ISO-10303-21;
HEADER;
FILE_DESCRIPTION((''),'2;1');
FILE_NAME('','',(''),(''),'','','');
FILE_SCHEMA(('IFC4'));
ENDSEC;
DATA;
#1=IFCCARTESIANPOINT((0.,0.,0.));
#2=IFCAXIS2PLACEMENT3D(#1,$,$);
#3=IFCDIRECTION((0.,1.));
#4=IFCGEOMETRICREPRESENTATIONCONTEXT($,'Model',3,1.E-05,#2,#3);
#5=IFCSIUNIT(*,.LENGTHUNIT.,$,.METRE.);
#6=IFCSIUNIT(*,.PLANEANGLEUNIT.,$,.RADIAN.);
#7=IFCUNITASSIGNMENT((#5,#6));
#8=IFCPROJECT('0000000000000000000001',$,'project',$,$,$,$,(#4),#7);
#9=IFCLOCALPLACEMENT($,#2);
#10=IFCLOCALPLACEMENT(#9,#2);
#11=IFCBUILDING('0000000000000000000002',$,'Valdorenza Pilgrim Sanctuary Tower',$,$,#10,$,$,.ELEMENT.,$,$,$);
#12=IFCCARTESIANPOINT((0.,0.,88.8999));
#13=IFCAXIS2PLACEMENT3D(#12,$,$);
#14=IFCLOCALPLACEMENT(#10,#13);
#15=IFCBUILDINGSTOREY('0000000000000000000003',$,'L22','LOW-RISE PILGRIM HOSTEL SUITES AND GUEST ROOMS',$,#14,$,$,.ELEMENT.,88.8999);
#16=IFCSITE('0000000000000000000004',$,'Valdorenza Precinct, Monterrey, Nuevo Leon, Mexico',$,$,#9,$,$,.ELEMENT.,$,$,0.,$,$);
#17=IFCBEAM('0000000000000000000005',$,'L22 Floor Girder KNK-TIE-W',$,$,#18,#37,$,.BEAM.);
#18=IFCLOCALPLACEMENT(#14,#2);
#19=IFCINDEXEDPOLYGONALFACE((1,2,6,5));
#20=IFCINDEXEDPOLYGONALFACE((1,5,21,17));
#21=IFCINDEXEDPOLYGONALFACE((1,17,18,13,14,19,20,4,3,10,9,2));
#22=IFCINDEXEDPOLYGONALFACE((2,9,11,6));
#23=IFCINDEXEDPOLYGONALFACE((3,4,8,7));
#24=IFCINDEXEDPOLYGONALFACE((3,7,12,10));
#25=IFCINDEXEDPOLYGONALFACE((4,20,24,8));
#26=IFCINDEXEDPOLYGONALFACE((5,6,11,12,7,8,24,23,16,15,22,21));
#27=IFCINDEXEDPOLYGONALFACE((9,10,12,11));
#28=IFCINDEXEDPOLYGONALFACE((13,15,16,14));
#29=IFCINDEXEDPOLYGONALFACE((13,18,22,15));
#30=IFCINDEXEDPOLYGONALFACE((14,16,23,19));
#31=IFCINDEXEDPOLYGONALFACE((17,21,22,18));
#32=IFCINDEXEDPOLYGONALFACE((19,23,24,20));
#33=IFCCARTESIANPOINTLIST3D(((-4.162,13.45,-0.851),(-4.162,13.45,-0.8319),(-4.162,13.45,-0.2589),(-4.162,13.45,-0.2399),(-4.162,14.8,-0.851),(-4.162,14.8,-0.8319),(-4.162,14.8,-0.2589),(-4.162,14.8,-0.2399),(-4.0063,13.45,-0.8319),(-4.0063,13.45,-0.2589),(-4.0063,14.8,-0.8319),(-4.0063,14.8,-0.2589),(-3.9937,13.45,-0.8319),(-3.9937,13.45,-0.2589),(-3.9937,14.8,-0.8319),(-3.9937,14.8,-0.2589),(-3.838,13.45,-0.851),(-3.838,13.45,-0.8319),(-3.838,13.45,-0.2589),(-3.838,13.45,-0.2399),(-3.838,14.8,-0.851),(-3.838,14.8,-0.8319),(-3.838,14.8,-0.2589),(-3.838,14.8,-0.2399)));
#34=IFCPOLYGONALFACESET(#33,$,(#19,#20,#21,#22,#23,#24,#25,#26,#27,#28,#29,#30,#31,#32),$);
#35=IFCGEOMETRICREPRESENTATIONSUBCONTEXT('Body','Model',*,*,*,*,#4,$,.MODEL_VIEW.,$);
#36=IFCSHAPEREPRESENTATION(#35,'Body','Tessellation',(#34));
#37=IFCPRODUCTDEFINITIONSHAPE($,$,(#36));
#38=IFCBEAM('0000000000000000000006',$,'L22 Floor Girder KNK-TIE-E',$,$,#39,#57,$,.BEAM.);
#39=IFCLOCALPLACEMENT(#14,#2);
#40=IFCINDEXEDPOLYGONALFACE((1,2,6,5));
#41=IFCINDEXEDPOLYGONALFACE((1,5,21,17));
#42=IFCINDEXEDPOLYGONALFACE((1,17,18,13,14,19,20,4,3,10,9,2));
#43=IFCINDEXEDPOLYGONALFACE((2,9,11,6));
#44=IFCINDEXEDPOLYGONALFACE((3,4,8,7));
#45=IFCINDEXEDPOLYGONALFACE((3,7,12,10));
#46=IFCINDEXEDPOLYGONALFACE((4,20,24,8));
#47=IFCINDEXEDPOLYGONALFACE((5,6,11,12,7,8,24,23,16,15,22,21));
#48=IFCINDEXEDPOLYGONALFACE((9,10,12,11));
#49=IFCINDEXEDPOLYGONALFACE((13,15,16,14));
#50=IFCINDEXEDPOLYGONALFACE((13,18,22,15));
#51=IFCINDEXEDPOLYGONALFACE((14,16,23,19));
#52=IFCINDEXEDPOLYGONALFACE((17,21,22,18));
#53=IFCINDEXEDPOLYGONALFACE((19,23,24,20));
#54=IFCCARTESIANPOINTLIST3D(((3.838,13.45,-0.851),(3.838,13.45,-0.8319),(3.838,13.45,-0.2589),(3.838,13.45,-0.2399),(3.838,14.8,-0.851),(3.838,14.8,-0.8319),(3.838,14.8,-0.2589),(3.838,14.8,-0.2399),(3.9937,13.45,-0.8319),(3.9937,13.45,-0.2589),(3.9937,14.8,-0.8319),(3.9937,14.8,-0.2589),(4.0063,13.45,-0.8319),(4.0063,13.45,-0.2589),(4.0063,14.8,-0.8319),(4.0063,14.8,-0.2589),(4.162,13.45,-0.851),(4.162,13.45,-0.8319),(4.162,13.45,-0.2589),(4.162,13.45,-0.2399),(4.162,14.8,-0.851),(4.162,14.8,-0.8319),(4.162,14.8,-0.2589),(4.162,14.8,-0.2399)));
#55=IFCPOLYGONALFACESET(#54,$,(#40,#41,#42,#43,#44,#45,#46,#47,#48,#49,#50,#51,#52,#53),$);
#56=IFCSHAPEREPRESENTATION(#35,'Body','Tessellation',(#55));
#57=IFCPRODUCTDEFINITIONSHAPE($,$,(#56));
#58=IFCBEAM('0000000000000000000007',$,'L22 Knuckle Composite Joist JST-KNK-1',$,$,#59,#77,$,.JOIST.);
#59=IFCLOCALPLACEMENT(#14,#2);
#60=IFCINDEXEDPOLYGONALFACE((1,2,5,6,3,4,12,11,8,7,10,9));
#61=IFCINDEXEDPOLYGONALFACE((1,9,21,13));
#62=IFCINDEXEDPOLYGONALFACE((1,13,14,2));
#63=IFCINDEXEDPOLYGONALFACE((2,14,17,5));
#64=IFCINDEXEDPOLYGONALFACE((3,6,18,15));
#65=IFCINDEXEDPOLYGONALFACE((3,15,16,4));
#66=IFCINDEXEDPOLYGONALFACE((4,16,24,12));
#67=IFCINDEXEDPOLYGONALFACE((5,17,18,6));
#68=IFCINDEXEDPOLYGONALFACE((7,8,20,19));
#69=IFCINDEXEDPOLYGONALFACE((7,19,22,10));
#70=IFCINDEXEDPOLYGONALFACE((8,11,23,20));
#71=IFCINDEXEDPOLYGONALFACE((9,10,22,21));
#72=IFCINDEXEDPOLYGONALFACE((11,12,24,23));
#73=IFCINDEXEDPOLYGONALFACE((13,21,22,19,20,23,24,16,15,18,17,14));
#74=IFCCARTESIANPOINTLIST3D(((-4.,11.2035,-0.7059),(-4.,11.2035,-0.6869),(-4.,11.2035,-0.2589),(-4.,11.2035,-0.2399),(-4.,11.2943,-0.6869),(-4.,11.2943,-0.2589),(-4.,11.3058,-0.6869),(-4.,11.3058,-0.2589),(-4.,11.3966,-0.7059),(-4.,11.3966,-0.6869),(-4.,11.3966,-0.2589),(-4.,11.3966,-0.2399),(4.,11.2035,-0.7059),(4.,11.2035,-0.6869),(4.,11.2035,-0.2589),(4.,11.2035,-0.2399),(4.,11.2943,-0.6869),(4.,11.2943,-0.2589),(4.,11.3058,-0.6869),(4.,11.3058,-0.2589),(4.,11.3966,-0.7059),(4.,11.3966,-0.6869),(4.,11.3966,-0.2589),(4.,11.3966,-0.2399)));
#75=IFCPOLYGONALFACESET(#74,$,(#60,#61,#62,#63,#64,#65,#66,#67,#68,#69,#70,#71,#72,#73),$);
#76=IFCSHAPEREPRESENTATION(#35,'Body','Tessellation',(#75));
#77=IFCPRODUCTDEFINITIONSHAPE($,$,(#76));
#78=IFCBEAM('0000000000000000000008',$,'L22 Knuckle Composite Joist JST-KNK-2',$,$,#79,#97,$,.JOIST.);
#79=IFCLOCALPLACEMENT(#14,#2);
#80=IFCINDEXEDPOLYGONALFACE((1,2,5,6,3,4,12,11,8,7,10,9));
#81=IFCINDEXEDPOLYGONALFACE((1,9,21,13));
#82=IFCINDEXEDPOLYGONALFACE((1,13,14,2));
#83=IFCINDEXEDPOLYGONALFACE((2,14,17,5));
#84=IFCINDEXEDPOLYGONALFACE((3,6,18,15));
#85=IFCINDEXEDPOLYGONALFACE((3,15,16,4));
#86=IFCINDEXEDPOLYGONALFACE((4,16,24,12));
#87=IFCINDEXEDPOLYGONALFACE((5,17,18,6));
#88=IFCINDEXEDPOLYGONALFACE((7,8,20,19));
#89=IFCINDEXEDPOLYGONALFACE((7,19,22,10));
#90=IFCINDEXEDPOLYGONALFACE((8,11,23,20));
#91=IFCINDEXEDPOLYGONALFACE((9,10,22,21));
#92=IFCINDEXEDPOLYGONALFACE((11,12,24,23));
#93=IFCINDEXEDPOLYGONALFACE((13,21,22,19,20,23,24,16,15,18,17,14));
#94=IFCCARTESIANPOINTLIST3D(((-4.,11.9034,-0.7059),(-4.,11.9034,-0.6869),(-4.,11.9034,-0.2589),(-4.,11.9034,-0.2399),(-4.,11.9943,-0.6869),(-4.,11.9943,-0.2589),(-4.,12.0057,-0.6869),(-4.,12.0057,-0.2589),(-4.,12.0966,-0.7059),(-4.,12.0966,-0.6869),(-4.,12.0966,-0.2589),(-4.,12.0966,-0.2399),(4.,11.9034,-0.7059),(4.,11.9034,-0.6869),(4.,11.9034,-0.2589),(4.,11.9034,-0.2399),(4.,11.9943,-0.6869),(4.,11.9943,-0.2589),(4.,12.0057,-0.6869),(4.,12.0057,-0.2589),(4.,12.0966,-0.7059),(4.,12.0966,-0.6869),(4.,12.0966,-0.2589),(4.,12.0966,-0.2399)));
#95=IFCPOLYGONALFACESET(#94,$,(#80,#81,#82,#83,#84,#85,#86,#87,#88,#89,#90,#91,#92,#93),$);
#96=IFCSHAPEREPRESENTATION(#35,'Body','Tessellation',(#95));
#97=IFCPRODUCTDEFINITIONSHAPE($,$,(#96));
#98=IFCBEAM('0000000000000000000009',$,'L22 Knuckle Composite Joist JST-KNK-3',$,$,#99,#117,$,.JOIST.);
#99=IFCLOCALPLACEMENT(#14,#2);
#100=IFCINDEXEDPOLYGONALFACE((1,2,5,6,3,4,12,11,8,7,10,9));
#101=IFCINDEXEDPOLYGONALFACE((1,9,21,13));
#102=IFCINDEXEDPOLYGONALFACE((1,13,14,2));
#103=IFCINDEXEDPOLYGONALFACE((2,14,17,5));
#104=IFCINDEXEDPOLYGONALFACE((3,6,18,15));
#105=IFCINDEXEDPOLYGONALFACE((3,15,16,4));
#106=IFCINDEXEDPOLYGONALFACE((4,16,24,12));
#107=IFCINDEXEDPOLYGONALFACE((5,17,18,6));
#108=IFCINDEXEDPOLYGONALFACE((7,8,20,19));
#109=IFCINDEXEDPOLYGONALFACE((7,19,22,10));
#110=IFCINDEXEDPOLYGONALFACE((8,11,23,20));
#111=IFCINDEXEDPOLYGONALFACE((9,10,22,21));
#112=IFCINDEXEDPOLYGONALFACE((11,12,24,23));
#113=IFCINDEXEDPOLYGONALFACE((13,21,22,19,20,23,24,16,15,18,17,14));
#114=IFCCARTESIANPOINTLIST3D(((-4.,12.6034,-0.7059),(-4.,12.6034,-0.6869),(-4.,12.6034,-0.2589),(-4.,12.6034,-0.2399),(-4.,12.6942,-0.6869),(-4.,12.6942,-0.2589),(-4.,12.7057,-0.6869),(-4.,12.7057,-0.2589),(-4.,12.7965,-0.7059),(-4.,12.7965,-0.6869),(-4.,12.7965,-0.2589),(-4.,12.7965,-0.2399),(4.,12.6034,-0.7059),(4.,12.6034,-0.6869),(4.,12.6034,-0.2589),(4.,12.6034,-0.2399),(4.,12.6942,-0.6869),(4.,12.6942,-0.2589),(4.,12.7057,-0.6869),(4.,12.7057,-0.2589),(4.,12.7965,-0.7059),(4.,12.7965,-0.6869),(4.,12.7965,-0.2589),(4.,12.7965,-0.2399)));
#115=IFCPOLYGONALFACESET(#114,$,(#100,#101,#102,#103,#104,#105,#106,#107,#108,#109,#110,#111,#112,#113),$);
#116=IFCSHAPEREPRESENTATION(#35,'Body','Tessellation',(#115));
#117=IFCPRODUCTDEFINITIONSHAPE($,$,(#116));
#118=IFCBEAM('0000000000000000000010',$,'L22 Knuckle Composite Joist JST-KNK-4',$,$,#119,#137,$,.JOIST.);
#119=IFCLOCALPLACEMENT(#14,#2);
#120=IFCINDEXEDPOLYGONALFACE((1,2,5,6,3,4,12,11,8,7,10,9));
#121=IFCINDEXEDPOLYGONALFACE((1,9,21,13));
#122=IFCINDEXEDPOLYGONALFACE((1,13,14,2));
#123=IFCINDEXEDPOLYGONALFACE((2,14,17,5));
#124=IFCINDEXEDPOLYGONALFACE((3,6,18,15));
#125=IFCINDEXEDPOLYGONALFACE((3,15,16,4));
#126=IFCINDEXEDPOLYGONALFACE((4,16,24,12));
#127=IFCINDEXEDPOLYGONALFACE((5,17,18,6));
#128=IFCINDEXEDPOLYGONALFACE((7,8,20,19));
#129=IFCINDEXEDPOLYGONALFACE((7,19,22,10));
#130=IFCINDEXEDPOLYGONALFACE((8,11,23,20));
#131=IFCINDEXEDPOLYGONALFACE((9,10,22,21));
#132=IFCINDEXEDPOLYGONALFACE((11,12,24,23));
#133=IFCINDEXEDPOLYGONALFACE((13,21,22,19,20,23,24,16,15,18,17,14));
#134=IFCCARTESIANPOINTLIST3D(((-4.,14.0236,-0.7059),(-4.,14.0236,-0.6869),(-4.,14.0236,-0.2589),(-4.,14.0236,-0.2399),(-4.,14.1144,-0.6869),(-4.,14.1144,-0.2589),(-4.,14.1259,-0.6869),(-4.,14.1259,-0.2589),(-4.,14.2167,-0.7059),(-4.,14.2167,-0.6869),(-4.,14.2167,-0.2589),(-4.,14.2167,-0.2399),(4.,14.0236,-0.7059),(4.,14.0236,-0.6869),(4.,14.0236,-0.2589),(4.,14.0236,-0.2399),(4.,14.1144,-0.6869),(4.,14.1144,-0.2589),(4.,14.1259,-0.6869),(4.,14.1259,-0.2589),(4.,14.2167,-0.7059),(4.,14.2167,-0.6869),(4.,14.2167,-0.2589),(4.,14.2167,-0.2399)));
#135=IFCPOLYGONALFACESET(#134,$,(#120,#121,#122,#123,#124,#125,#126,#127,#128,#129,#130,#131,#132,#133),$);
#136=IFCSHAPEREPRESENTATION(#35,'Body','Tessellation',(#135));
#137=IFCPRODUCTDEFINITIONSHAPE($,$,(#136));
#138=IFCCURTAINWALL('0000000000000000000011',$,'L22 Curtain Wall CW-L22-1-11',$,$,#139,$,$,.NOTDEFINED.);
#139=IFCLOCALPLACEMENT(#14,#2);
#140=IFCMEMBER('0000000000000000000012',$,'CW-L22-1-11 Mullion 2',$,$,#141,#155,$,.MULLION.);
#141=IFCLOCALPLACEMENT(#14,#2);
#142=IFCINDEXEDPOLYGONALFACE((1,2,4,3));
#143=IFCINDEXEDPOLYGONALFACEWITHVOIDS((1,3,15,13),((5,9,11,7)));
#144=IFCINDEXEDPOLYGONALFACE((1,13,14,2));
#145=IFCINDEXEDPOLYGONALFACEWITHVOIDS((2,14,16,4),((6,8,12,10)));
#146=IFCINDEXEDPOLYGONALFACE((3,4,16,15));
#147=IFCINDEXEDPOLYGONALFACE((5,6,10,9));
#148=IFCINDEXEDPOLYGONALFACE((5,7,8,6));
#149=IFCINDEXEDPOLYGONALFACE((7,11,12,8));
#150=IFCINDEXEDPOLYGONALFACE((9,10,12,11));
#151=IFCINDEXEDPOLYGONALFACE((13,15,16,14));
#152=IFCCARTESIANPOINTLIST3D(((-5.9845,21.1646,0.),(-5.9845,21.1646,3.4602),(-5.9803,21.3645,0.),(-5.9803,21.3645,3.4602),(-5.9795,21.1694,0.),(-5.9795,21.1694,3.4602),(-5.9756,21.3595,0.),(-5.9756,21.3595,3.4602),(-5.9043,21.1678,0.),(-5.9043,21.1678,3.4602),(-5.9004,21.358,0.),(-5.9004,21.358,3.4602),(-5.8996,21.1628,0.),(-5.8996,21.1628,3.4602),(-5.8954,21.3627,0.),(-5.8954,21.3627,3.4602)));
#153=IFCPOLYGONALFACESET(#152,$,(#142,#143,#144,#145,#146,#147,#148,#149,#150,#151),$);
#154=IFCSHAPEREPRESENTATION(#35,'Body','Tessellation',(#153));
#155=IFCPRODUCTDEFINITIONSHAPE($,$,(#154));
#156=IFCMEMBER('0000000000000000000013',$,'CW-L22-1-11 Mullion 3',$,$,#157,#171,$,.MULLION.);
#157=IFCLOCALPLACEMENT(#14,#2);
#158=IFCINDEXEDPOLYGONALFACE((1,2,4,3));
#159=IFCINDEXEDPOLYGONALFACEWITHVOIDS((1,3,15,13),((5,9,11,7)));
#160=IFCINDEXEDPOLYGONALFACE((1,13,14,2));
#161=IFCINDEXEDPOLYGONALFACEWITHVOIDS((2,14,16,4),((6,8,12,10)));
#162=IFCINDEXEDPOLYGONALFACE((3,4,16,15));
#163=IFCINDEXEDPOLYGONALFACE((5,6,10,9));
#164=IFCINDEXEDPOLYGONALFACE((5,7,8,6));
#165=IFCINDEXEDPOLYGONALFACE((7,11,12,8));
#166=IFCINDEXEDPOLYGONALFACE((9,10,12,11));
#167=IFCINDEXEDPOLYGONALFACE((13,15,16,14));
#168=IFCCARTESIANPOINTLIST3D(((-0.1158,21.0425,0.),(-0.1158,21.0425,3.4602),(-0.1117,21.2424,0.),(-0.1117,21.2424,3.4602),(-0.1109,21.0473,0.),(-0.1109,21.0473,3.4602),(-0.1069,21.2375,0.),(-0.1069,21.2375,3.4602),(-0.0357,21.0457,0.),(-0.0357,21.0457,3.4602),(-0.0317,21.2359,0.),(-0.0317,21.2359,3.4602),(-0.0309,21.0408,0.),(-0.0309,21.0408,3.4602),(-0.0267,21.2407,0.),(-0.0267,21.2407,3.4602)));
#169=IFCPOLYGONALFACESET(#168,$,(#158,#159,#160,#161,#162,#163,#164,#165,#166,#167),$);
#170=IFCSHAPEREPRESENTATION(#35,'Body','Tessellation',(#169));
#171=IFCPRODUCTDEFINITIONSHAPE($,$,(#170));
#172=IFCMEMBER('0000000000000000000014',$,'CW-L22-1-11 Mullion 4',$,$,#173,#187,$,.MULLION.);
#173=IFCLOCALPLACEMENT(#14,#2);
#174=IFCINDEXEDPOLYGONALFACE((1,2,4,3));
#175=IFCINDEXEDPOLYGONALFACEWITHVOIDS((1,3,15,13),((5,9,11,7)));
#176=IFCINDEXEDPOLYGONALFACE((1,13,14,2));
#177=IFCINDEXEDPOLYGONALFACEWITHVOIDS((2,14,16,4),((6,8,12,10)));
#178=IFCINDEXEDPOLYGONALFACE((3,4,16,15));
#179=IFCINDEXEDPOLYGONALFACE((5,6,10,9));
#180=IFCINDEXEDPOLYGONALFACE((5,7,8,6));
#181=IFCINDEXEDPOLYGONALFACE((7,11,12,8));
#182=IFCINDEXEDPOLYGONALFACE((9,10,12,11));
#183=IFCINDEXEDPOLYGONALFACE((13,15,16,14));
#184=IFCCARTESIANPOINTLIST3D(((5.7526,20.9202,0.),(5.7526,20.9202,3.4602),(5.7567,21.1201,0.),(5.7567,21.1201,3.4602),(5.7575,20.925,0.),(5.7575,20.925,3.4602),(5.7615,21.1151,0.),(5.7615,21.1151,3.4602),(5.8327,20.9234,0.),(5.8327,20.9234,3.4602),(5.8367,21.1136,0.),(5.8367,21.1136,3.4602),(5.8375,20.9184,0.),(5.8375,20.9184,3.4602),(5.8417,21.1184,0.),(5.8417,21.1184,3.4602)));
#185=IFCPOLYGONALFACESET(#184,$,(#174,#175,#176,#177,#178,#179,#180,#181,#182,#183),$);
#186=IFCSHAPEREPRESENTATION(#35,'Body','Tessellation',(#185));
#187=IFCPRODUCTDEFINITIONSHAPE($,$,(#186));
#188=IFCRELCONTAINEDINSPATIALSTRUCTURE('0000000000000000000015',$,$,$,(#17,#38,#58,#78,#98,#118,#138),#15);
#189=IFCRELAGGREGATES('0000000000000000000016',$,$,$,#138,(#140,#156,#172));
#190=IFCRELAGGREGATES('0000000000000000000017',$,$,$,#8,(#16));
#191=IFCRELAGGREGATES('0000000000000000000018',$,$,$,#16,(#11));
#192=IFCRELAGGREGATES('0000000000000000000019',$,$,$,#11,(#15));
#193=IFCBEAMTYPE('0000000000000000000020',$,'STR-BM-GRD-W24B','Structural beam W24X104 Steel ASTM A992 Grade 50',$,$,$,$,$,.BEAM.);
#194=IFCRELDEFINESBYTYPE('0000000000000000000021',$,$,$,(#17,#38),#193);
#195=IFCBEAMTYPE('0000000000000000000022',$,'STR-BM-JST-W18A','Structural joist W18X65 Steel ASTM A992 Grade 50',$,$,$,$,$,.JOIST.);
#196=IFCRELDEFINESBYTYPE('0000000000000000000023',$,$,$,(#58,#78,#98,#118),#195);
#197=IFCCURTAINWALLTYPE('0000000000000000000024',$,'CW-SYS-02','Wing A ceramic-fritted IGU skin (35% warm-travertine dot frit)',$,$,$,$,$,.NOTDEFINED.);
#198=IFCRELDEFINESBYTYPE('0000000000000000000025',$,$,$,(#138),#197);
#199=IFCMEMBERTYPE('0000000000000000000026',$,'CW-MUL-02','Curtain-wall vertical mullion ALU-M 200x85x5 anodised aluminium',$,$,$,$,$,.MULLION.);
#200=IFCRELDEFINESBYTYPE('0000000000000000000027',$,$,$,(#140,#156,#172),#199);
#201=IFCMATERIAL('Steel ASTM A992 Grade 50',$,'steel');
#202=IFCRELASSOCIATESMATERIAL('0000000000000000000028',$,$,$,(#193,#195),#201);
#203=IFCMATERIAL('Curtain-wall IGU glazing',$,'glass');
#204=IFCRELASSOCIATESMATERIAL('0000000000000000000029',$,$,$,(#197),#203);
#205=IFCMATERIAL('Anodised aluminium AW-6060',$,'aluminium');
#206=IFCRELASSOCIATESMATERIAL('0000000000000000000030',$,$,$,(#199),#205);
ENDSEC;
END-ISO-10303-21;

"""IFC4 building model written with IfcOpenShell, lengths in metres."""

from ifc_helpers import new_model, si_unit, direction, frame, origin, origin_2d, place, context, subcontext, project, spatial, hollow_rectangle, i_section, extrude, source, transform, mapped, material, material_profile, profile_set, type_object, element, aggregate, save


model = new_model("IFC4")

# Units and contexts
model_context = context("Model", 3, precision=1e-05, world=origin(), true_north=direction((0.0, 1.0)))
body_context = subcontext(model_context, "Body", "Model", "MODEL_VIEW")
ifc_project = project(units=[si_unit("LENGTHUNIT", "METRE"), si_unit("PLANEANGLEUNIT", "RADIAN")], contexts=[model_context])

# Site, building, storey
site_placement = place(None, origin())
site = spatial("IfcSite", under=ifc_project, at=site_placement, Name="Valdorenza Precinct, Monterrey, Nuevo Leon, Mexico", CompositionType="ELEMENT", RefElevation=0.0)
building_placement = place(site_placement, origin())
building = spatial("IfcBuilding", under=site, at=building_placement, Name="Valdorenza Pilgrim Sanctuary Tower", CompositionType="ELEMENT")
storey_placement = place(building_placement, frame((0.0, 0.0, 88.8999)))
storey = spatial("IfcBuildingStorey", under=building, at=storey_placement, Name="L22", Description="LOW-RISE PILGRIM HOSTEL SUITES AND GUEST ROOMS", CompositionType="ELEMENT", Elevation=88.8999)

# Shared definitions
ifc_material_1 = material(Name="Steel ASTM A992 Grade 50", Category="steel")

# Beams
ifc_material_profile_1 = material_profile(ifc_material_1, i_section(OverallWidth=0.324, OverallDepth=0.6111, WebThickness=0.0127, FlangeThickness=0.019, at=origin_2d()), Name="W24X104")
ifc_profile_set_1 = profile_set([ifc_material_profile_1], Name="Steel ASTM A992 Grade 50")
beam_type_1 = type_object("IfcBeamType", Name="STR-BM-GRD-W24B", Description="Structural beam W24X104 Steel ASTM A992 Grade 50", PredefinedType="BEAM", material=ifc_profile_set_1)
shared_shape_1 = source(origin(), body_context, "Body", "SweptSolid", [
    extrude(i_section(OverallWidth=0.324, OverallDepth=0.6111, WebThickness=0.0127, FlangeThickness=0.019, at=origin_2d()), origin(), (0.0, 0.0, 1.0), 1.3501),
])
for number, where, z_axis, x_axis, name in (
    (1, (-4.0, 13.45, -0.5454), (0.0, 1.0, 0.0), (-1.0, 0.0, 0.0), "L22 Floor Girder KNK-TIE-W"),
    (2, (4.0, 13.45, -0.5454), (0.0, 1.0, 0.0), (-1.0, 0.0, 0.0), "L22 Floor Girder KNK-TIE-E"),
):
    element("IfcBeam", number, at=place(storey_placement, frame(where, z_axis=z_axis, x_axis=x_axis)), inside=storey, type_object=beam_type_1, Name=name, PredefinedType="BEAM", context=body_context, shape_type="MappedRepresentation", body=[
        mapped(shared_shape_1, transform((0.0, 0.0, 0.0), x_axis=(1.0, 0.0, 0.0), y_axis=(0.0, 1.0, 0.0), z_axis=(0.0, 0.0, 1.0), scale=1.0)),
    ])
ifc_material_profile_2 = material_profile(ifc_material_1, i_section(OverallWidth=0.1931, OverallDepth=0.4661, WebThickness=0.0115, FlangeThickness=0.019, at=origin_2d()), Name="W18X65")
ifc_profile_set_2 = profile_set([ifc_material_profile_2], Name="Steel ASTM A992 Grade 50")
beam_type_2 = type_object("IfcBeamType", Name="STR-BM-JST-W18A", Description="Structural joist W18X65 Steel ASTM A992 Grade 50", PredefinedType="JOIST", material=ifc_profile_set_2)
shared_shape_2 = source(origin(), body_context, "Body", "SweptSolid", [
    extrude(i_section(OverallWidth=0.1931, OverallDepth=0.4661, WebThickness=0.0115, FlangeThickness=0.019, at=origin_2d()), origin(), (0.0, 0.0, 1.0), 8.0),
])
for number, where, z_axis, x_axis, name in (
    (3, (-4.0, 11.3, -0.4729), (1.0, 0.0, 0.0), (0.0, 1.0, 0.0), "L22 Knuckle Composite Joist JST-KNK-1"),
    (4, (-4.0, 12.0, -0.4729), (1.0, 0.0, 0.0), (0.0, 1.0, 0.0), "L22 Knuckle Composite Joist JST-KNK-2"),
    (5, (-4.0, 12.7, -0.4729), (1.0, 0.0, 0.0), (0.0, 1.0, 0.0), "L22 Knuckle Composite Joist JST-KNK-3"),
    (6, (-4.0, 14.1201, -0.4729), (1.0, 0.0, 0.0), (0.0, 1.0, 0.0), "L22 Knuckle Composite Joist JST-KNK-4"),
):
    element("IfcBeam", number, at=place(storey_placement, frame(where, z_axis=z_axis, x_axis=x_axis)), inside=storey, type_object=beam_type_2, Name=name, PredefinedType="JOIST", context=body_context, shape_type="MappedRepresentation", body=[
        mapped(shared_shape_2, transform((0.0, 0.0, 0.0), x_axis=(1.0, 0.0, 0.0), y_axis=(0.0, 1.0, 0.0), z_axis=(0.0, 0.0, 1.0), scale=1.0)),
    ])

# Curtain wall, members
ifc_material_2 = material(Name="Curtain-wall IGU glazing", Category="glass")
curtain_wall_type = type_object("IfcCurtainWallType", Name="CW-SYS-02", Description="Wing A ceramic-fritted IGU skin (35% warm-travertine dot frit)", PredefinedType="NOTDEFINED", material=ifc_material_2)
curtain_wall_1_placement = place(storey_placement, origin())
curtain_wall_1 = element("IfcCurtainWall", 7, at=curtain_wall_1_placement, inside=storey, type_object=curtain_wall_type, Name="L22 Curtain Wall CW-L22-1-11", PredefinedType="NOTDEFINED")
ifc_material_3 = material(Name="Anodised aluminium AW-6060", Category="aluminium")
ifc_material_profile_3 = material_profile(ifc_material_3, hollow_rectangle(XDim=0.085, YDim=0.2, WallThickness=0.0049, at=origin_2d()), Name="ALU-M 200x85x5")
ifc_profile_set_3 = profile_set([ifc_material_profile_3], Name="Anodised aluminium AW-6060")
member_type = type_object("IfcMemberType", Name="CW-MUL-02", Description="Curtain-wall vertical mullion ALU-M 200x85x5 anodised aluminium", PredefinedType="MULLION", material=ifc_profile_set_3)
shared_shape_3 = source(origin(), body_context, "Body", "SweptSolid", [
    extrude(hollow_rectangle(XDim=0.085, YDim=0.2, WallThickness=0.0049, at=origin_2d()), origin(), (0.0, 0.0, 1.0), 3.4602),
])
member_1_placement = place(storey_placement, frame((-5.9399, 21.2637, 0.0), z_axis=(0.0, 0.0, 1.0), x_axis=(0.999783, -0.02082, 0.0)))
member_1 = element("IfcMember", 8, at=member_1_placement, type_object=member_type, Name="CW-L22-1-11 Mullion 2", PredefinedType="MULLION", context=body_context, shape_type="MappedRepresentation", body=[
    mapped(shared_shape_3, transform((0.0, 0.0, 0.0), x_axis=(1.0, 0.0, 0.0), y_axis=(0.0, 1.0, 0.0), z_axis=(0.0, 0.0, 1.0), scale=1.0)),
])
member_2_placement = place(storey_placement, frame((-0.0713, 21.1416, 0.0), z_axis=(0.0, 0.0, 1.0), x_axis=(0.999783, -0.02082, 0.0)))
member_2 = element("IfcMember", 9, at=member_2_placement, type_object=member_type, Name="CW-L22-1-11 Mullion 3", PredefinedType="MULLION", context=body_context, shape_type="MappedRepresentation", body=[
    mapped(shared_shape_3, transform((0.0, 0.0, 0.0), x_axis=(1.0, 0.0, 0.0), y_axis=(0.0, 1.0, 0.0), z_axis=(0.0, 0.0, 1.0), scale=1.0)),
])
member_3_placement = place(storey_placement, frame((5.7971, 21.0193, 0.0), z_axis=(0.0, 0.0, 1.0), x_axis=(0.999783, -0.02082, 0.0)))
member_3 = element("IfcMember", 10, at=member_3_placement, type_object=member_type, Name="CW-L22-1-11 Mullion 4", PredefinedType="MULLION", context=body_context, shape_type="MappedRepresentation", body=[
    mapped(shared_shape_3, transform((0.0, 0.0, 0.0), x_axis=(1.0, 0.0, 0.0), y_axis=(0.0, 1.0, 0.0), z_axis=(0.0, 0.0, 1.0), scale=1.0)),
])

aggregate(curtain_wall_1, [member_1, member_2, member_3])

save(model, "model.ifc")
